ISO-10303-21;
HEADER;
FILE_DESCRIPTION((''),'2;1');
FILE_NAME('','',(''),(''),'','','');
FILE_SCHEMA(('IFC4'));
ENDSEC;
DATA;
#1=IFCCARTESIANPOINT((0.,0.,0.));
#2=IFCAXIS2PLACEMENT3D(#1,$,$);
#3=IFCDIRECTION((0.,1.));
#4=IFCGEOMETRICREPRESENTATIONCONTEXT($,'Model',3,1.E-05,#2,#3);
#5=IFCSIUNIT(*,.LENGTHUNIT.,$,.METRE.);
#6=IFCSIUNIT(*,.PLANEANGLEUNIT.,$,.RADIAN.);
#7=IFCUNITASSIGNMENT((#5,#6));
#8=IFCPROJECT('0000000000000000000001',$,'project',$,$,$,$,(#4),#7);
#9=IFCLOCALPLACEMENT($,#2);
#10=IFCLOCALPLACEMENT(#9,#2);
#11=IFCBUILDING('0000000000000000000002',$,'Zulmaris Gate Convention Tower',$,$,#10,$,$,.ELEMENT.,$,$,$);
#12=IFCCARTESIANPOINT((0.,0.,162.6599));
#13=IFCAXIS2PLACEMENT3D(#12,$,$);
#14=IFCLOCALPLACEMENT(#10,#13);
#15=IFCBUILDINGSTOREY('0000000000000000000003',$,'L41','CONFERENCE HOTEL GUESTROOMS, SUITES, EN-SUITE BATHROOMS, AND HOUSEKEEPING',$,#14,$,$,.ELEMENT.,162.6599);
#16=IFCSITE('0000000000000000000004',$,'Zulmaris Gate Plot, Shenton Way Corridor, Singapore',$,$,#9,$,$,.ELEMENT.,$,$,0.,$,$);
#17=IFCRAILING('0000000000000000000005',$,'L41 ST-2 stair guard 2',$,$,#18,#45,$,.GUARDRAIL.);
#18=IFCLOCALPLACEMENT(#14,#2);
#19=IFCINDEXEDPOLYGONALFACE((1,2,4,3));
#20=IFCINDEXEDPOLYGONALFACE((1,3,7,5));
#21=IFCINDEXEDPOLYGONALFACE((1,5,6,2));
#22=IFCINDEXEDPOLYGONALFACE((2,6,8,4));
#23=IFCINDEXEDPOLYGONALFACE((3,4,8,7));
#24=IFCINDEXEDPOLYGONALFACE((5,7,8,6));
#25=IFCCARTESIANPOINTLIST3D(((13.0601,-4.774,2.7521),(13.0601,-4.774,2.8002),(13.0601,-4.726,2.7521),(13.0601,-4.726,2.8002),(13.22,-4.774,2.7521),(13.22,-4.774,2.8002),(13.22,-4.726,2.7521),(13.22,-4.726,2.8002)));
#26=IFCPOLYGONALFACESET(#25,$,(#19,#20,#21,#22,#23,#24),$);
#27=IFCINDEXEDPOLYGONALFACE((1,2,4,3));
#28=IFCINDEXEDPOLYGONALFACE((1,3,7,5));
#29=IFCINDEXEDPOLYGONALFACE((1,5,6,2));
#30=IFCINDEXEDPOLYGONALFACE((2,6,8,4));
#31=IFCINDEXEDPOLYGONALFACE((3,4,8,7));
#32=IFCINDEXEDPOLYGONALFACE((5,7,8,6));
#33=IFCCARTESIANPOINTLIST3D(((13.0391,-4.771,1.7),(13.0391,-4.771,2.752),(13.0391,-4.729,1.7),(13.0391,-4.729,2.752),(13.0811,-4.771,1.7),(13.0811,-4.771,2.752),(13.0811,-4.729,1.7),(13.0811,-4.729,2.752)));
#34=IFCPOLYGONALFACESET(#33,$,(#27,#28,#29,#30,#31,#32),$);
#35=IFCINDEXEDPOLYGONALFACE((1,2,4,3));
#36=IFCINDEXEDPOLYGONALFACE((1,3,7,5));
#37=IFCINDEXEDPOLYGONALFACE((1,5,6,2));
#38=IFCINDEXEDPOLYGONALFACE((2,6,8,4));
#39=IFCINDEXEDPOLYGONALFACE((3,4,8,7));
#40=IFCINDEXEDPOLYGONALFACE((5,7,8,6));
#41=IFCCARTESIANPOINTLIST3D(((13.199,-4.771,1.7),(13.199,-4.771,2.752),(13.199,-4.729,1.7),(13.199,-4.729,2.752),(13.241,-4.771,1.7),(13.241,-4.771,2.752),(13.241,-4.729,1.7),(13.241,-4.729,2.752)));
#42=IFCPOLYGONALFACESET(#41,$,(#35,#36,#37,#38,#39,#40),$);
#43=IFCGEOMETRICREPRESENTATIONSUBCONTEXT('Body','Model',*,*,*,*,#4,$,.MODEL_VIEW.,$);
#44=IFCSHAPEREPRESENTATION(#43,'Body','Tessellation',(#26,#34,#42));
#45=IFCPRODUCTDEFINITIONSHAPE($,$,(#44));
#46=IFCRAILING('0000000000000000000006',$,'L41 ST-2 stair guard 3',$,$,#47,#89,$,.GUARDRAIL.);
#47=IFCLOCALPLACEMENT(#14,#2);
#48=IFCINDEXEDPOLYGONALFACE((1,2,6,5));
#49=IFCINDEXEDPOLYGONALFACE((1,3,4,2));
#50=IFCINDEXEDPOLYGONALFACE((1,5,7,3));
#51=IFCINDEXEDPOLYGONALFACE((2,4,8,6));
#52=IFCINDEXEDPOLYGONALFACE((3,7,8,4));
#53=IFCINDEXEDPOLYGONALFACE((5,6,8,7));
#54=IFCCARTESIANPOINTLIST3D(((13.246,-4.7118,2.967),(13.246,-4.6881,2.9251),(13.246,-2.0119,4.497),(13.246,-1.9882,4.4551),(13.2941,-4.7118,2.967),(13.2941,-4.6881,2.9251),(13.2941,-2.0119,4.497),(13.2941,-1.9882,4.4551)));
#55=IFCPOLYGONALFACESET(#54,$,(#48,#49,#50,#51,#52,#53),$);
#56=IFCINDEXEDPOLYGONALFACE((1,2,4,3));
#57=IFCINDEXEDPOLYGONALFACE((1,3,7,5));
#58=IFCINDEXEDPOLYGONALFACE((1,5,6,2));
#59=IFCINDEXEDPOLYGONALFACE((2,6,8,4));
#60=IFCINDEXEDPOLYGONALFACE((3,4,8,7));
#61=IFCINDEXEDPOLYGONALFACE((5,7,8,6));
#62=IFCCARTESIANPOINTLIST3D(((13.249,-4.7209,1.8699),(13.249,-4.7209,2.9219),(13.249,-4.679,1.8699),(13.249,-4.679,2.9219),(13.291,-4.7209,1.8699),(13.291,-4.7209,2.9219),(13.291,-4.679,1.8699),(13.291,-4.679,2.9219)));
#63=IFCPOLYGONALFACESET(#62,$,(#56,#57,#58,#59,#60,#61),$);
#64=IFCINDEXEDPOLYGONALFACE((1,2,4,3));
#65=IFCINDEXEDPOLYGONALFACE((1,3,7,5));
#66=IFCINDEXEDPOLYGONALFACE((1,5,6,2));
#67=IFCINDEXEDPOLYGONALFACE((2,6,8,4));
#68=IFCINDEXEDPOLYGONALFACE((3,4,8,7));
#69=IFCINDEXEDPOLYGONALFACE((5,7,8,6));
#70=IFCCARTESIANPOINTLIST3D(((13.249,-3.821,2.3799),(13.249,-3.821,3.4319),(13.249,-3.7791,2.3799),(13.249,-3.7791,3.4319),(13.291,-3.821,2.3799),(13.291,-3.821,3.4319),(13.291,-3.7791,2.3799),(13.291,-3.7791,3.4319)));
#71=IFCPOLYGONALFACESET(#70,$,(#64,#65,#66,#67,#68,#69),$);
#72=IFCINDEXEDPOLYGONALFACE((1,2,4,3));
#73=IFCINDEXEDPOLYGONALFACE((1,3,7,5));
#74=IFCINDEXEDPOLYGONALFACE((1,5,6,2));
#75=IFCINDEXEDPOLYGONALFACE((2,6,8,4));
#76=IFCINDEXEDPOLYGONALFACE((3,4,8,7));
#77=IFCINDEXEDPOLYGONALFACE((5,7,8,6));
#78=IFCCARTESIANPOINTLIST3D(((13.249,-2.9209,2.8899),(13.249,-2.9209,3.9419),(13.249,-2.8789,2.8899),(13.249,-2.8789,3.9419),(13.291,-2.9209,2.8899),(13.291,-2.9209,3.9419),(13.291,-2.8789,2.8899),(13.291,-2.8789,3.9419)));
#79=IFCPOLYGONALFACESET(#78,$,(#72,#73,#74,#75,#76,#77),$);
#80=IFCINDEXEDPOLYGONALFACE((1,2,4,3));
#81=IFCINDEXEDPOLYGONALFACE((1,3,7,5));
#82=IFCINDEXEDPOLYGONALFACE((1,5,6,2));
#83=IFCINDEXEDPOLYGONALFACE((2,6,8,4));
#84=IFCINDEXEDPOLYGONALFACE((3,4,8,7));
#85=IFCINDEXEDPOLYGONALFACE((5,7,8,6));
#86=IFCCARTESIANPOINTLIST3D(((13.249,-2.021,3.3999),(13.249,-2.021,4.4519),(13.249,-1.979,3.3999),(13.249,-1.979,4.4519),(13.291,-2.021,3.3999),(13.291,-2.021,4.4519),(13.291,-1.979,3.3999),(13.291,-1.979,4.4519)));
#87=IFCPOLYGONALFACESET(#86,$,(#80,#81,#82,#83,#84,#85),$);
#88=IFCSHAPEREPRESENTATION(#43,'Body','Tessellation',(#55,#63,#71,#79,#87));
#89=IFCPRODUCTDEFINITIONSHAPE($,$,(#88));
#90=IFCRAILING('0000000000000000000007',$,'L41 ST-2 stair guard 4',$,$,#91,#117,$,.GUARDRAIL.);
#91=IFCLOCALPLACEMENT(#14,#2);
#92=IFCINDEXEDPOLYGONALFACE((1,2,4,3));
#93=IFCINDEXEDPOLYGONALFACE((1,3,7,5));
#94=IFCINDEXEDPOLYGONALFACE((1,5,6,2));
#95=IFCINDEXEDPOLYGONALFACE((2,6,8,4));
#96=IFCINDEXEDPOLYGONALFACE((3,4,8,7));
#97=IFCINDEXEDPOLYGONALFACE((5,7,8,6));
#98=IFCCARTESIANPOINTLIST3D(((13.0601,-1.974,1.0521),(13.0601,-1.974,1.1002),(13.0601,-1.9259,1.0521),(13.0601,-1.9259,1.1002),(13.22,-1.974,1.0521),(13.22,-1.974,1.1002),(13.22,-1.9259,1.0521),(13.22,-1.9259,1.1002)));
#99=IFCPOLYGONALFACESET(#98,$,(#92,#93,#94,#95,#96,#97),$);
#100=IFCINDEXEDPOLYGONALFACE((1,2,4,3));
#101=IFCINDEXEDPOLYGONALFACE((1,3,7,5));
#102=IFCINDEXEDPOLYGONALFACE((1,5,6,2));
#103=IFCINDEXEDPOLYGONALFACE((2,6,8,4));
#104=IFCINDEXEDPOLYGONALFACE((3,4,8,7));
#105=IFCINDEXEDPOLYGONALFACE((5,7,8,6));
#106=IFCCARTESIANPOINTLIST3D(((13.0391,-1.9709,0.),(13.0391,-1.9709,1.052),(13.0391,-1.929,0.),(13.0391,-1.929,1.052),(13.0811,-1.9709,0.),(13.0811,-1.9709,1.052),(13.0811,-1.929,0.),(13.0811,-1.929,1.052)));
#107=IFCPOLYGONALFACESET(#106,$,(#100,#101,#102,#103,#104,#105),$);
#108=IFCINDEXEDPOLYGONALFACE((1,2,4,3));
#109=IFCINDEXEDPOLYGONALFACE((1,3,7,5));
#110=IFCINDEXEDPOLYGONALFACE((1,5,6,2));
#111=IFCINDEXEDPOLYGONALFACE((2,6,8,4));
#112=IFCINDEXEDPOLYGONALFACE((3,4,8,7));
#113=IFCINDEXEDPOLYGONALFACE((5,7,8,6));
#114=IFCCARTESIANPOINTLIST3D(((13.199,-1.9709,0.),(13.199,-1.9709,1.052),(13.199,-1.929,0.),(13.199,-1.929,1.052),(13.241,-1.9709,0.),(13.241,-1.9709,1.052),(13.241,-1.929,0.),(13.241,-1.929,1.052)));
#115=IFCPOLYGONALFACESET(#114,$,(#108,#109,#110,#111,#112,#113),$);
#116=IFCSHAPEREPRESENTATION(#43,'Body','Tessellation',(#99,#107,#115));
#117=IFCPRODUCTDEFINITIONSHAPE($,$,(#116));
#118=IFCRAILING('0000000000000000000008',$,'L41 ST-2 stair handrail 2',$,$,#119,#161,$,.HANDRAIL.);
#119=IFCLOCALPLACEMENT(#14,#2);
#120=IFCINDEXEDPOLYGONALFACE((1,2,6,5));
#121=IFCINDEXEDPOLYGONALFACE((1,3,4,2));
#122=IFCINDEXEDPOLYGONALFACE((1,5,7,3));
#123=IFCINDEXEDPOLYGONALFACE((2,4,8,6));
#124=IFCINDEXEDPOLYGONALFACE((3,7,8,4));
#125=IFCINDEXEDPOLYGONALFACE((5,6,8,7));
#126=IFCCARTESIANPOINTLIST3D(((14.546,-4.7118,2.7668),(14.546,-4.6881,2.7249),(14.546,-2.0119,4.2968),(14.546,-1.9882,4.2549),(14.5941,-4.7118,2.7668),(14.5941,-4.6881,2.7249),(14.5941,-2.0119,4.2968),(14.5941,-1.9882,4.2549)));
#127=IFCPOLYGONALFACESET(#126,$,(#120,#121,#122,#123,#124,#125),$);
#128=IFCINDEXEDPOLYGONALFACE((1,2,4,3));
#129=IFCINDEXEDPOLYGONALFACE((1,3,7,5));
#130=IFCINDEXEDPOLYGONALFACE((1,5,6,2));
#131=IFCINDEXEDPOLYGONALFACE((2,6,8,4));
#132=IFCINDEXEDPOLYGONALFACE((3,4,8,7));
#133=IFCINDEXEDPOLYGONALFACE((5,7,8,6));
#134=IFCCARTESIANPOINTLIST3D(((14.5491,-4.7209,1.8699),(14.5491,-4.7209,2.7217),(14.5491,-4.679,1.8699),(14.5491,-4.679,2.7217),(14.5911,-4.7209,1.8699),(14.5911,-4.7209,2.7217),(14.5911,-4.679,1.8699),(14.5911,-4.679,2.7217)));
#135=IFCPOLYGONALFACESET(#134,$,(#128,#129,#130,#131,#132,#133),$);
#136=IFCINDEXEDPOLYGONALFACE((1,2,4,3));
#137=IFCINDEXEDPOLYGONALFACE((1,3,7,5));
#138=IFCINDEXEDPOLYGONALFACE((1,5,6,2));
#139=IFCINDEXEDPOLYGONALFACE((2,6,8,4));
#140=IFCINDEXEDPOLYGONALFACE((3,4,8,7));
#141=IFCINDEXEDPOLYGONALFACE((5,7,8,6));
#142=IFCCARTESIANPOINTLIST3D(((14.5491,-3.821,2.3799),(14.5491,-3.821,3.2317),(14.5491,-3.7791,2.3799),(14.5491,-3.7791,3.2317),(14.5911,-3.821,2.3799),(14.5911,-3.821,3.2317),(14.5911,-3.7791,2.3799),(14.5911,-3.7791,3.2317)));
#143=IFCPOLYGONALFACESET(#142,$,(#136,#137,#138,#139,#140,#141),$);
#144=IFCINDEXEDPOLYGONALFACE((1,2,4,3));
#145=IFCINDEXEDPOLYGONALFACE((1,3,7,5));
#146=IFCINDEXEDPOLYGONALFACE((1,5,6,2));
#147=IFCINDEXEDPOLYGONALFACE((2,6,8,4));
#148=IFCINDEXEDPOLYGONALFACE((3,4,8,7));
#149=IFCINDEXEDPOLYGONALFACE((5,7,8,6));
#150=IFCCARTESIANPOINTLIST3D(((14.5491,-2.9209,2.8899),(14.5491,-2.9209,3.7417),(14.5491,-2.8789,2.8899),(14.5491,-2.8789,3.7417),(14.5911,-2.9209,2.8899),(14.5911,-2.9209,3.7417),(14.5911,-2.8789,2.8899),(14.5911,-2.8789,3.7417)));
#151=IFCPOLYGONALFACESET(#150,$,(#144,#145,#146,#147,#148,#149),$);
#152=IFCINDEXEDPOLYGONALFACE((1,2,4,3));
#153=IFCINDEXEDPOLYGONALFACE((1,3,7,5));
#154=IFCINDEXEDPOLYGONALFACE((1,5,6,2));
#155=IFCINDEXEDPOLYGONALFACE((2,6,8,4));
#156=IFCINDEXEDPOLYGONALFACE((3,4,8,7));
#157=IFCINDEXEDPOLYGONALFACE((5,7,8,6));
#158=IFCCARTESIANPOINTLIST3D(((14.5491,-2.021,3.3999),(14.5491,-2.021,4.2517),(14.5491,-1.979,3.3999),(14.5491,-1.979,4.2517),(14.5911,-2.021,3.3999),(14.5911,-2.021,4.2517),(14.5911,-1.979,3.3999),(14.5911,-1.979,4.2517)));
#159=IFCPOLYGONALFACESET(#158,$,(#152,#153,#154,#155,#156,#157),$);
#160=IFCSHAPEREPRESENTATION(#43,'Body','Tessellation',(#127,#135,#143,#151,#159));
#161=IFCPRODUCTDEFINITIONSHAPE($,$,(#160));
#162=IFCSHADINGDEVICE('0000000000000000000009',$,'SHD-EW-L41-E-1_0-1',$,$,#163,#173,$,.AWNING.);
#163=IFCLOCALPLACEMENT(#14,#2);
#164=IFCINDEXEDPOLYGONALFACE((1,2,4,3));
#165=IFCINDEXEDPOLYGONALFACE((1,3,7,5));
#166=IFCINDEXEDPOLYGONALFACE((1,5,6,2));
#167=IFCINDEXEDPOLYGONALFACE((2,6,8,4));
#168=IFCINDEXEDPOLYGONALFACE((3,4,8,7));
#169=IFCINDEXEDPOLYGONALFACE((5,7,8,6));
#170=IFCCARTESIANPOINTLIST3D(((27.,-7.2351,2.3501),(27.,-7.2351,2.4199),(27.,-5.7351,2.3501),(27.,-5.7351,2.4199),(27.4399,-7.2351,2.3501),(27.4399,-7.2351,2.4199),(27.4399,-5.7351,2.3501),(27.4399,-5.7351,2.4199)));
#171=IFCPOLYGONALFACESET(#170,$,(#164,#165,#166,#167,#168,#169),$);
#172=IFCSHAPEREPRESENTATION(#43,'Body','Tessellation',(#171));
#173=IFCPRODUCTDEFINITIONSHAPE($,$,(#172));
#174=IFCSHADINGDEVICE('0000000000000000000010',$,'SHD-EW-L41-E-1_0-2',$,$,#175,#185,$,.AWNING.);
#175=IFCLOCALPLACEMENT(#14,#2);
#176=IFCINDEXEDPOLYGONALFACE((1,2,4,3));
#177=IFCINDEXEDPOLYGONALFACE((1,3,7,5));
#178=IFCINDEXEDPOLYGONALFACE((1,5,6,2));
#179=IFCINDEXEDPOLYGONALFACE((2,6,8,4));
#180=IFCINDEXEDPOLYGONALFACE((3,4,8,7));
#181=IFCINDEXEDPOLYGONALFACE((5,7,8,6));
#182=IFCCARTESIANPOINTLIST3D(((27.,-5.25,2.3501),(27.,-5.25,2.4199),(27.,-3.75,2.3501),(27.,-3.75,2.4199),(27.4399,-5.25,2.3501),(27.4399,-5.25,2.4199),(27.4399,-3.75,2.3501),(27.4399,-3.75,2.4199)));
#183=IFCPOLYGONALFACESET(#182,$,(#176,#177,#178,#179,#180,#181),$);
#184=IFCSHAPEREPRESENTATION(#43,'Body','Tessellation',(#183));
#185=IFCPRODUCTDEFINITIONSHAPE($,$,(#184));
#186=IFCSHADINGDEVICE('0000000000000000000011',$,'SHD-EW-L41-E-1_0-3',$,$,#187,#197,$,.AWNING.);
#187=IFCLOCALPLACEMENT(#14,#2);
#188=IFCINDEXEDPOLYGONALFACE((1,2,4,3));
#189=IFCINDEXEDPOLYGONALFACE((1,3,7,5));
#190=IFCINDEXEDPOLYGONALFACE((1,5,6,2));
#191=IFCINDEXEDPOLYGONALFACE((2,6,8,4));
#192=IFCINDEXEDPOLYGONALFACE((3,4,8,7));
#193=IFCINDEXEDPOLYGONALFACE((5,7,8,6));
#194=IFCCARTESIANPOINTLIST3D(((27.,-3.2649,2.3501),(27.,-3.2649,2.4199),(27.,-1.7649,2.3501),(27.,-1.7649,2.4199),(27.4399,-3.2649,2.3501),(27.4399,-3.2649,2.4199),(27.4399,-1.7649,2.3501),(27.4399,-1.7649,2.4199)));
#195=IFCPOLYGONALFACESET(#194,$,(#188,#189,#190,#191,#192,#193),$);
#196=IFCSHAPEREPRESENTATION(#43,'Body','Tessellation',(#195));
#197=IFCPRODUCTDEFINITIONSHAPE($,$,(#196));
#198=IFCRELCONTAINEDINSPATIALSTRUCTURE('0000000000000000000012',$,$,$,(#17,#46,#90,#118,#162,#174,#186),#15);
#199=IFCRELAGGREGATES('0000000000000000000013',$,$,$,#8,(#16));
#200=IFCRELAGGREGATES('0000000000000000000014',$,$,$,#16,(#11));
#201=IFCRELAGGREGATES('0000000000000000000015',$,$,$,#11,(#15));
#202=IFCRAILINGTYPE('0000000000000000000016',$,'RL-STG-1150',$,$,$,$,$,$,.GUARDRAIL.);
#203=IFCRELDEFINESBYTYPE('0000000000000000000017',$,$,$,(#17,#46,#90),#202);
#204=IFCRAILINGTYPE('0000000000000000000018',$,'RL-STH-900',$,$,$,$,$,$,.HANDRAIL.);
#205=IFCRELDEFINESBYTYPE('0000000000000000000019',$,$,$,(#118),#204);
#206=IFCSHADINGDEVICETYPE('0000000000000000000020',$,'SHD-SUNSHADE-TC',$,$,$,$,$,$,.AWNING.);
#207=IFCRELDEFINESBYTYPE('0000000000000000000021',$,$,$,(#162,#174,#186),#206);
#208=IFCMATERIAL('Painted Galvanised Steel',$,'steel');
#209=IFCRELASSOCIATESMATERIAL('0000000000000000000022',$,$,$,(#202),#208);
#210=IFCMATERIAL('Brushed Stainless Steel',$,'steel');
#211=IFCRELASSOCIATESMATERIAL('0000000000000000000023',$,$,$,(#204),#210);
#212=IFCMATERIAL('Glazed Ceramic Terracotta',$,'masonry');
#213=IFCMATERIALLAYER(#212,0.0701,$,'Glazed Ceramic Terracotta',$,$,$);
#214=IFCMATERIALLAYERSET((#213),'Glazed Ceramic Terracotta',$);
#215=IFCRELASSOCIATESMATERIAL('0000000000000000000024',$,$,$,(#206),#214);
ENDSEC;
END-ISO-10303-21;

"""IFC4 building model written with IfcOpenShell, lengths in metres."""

from ifc_helpers import new_model, si_unit, direction, frame, frame_2d, origin, origin_2d, place, context, subcontext, project, spatial, rectangle, extrude, material, layer, layer_set, type_object, element, save


model = new_model("IFC4")

# Units and contexts
model_context = context("Model", 3, precision=1e-05, world=origin(), true_north=direction((0.0, 1.0)))
body_context = subcontext(model_context, "Body", "Model", "MODEL_VIEW")
ifc_project = project(units=[si_unit("LENGTHUNIT", "METRE"), si_unit("PLANEANGLEUNIT", "RADIAN")], contexts=[model_context])

# Site, building, storey
site_placement = place(None, origin())
site = spatial("IfcSite", under=ifc_project, at=site_placement, Name="Zulmaris Gate Plot, Shenton Way Corridor, Singapore", CompositionType="ELEMENT", RefElevation=0.0)
building_placement = place(site_placement, origin())
building = spatial("IfcBuilding", under=site, at=building_placement, Name="Zulmaris Gate Convention Tower", CompositionType="ELEMENT")
storey_placement = place(building_placement, frame((0.0, 0.0, 162.6599)))
storey = spatial("IfcBuildingStorey", under=building, at=storey_placement, Name="L41", Description="CONFERENCE HOTEL GUESTROOMS, SUITES, EN-SUITE BATHROOMS, AND HOUSEKEEPING", CompositionType="ELEMENT", Elevation=162.6599)

# Railings
ifc_material_1 = material(Name="Painted Galvanised Steel", Category="steel")
railing_type_1 = type_object("IfcRailingType", Name="RL-STG-1150", PredefinedType="GUARDRAIL", material=ifc_material_1)
railing_1_placement = place(storey_placement, frame((13.0601, -4.75, 1.7)))
element("IfcRailing", 1, at=railing_1_placement, inside=storey, type_object=railing_type_1, Name="L41 ST-2 stair guard 2", PredefinedType="GUARDRAIL", context=body_context, shape_type="SweptSolid", body=[
    extrude(rectangle(XDim=0.0481, YDim=0.0481, at=origin_2d()), frame((0.0, 0.0, 1.0762), z_axis=(1.0, 0.0, 0.0), x_axis=(0.0, 1.0, 0.0)), (0.0, 0.0, 1.0), 0.1599),
    extrude(rectangle(XDim=0.042, YDim=0.042, at=origin_2d()), origin(), (0.0, 0.0, 1.0), 1.052),
    extrude(rectangle(XDim=0.042, YDim=0.042, at=origin_2d()), frame((0.1599, 0.0, 0.0)), (0.0, 0.0, 1.0), 1.052),
])
railing_2_placement = place(storey_placement, frame((13.27, -4.7, 1.8699)))
element("IfcRailing", 2, at=railing_2_placement, inside=storey, type_object=railing_type_1, Name="L41 ST-2 stair guard 3", PredefinedType="GUARDRAIL", context=body_context, shape_type="SweptSolid", body=[
    extrude(rectangle(XDim=0.0481, YDim=0.0481, at=origin_2d()), frame((0.0, 0.0, 1.0762), z_axis=(0.0, 0.870014, 0.493026), x_axis=(-1.0, 0.0, 0.0)), (0.0, 0.0, 1.0), 3.1033),
    extrude(rectangle(XDim=0.042, YDim=0.042, at=origin_2d()), origin(), (0.0, 0.0, 1.0), 1.052),
    extrude(rectangle(XDim=0.042, YDim=0.042, at=origin_2d()), frame((0.0, 0.8999, 0.51)), (0.0, 0.0, 1.0), 1.052),
    extrude(rectangle(XDim=0.042, YDim=0.042, at=origin_2d()), frame((0.0, 1.8, 1.02)), (0.0, 0.0, 1.0), 1.052),
    extrude(rectangle(XDim=0.042, YDim=0.042, at=origin_2d()), frame((0.0, 2.7, 1.53)), (0.0, 0.0, 1.0), 1.052),
])
railing_3_placement = place(storey_placement, frame((13.0601, -1.95, 0.0)))
element("IfcRailing", 3, at=railing_3_placement, inside=storey, type_object=railing_type_1, Name="L41 ST-2 stair guard 4", PredefinedType="GUARDRAIL", context=body_context, shape_type="SweptSolid", body=[
    extrude(rectangle(XDim=0.0481, YDim=0.0481, at=origin_2d()), frame((0.0, 0.0, 1.0762), z_axis=(1.0, 0.0, 0.0), x_axis=(0.0, 1.0, 0.0)), (0.0, 0.0, 1.0), 0.1599),
    extrude(rectangle(XDim=0.042, YDim=0.042, at=origin_2d()), origin(), (0.0, 0.0, 1.0), 1.052),
    extrude(rectangle(XDim=0.042, YDim=0.042, at=origin_2d()), frame((0.1599, 0.0, 0.0)), (0.0, 0.0, 1.0), 1.052),
])
ifc_material_2 = material(Name="Brushed Stainless Steel", Category="steel")
railing_type_2 = type_object("IfcRailingType", Name="RL-STH-900", PredefinedType="HANDRAIL", material=ifc_material_2)
railing_4_placement = place(storey_placement, frame((14.5701, -4.7, 1.8699)))
element("IfcRailing", 4, at=railing_4_placement, inside=storey, type_object=railing_type_2, Name="L41 ST-2 stair handrail 2", PredefinedType="HANDRAIL", context=body_context, shape_type="SweptSolid", body=[
    extrude(rectangle(XDim=0.0481, YDim=0.0481, at=origin_2d()), frame((0.0, 0.0, 0.876), z_axis=(0.0, 0.870014, 0.493026), x_axis=(-1.0, 0.0, 0.0)), (0.0, 0.0, 1.0), 3.1033),
    extrude(rectangle(XDim=0.042, YDim=0.042, at=origin_2d()), origin(), (0.0, 0.0, 1.0), 0.8518),
    extrude(rectangle(XDim=0.042, YDim=0.042, at=origin_2d()), frame((0.0, 0.8999, 0.51)), (0.0, 0.0, 1.0), 0.8518),
    extrude(rectangle(XDim=0.042, YDim=0.042, at=origin_2d()), frame((0.0, 1.8, 1.02)), (0.0, 0.0, 1.0), 0.8518),
    extrude(rectangle(XDim=0.042, YDim=0.042, at=origin_2d()), frame((0.0, 2.7, 1.53)), (0.0, 0.0, 1.0), 0.8518),
])

# Shading devices
ifc_material_3 = material(Name="Glazed Ceramic Terracotta", Category="masonry")
ifc_layer_1 = layer(ifc_material_3, 0.0701, Name="Glazed Ceramic Terracotta")
ifc_layer_set_1 = layer_set([ifc_layer_1], Name="Glazed Ceramic Terracotta")
shading_device_type = type_object("IfcShadingDeviceType", Name="SHD-SUNSHADE-TC", PredefinedType="AWNING", material=ifc_layer_set_1)
for number, where, z_axis, x_axis, name in (
    (5, (27.22, -7.2351, 2.3501), (0.0, 0.0, 1.0), (0.0, 1.0, 0.0), "SHD-EW-L41-E-1_0-1"),
    (6, (27.22, -5.25, 2.3501), (0.0, 0.0, 1.0), (0.0, 1.0, 0.0), "SHD-EW-L41-E-1_0-2"),
    (7, (27.22, -3.2649, 2.3501), (0.0, 0.0, 1.0), (0.0, 1.0, 0.0), "SHD-EW-L41-E-1_0-3"),
):
    element("IfcShadingDevice", number, at=place(storey_placement, frame(where, z_axis=z_axis, x_axis=x_axis)), inside=storey, type_object=shading_device_type, Name=name, PredefinedType="AWNING", context=body_context, shape_type="SweptSolid", body=[
        extrude(rectangle(XDim=1.5, YDim=0.4399, at=frame_2d((0.75, 0.0))), origin(), (0.0, 0.0, 1.0), 0.0698),
    ])

save(model, "model.ifc")
